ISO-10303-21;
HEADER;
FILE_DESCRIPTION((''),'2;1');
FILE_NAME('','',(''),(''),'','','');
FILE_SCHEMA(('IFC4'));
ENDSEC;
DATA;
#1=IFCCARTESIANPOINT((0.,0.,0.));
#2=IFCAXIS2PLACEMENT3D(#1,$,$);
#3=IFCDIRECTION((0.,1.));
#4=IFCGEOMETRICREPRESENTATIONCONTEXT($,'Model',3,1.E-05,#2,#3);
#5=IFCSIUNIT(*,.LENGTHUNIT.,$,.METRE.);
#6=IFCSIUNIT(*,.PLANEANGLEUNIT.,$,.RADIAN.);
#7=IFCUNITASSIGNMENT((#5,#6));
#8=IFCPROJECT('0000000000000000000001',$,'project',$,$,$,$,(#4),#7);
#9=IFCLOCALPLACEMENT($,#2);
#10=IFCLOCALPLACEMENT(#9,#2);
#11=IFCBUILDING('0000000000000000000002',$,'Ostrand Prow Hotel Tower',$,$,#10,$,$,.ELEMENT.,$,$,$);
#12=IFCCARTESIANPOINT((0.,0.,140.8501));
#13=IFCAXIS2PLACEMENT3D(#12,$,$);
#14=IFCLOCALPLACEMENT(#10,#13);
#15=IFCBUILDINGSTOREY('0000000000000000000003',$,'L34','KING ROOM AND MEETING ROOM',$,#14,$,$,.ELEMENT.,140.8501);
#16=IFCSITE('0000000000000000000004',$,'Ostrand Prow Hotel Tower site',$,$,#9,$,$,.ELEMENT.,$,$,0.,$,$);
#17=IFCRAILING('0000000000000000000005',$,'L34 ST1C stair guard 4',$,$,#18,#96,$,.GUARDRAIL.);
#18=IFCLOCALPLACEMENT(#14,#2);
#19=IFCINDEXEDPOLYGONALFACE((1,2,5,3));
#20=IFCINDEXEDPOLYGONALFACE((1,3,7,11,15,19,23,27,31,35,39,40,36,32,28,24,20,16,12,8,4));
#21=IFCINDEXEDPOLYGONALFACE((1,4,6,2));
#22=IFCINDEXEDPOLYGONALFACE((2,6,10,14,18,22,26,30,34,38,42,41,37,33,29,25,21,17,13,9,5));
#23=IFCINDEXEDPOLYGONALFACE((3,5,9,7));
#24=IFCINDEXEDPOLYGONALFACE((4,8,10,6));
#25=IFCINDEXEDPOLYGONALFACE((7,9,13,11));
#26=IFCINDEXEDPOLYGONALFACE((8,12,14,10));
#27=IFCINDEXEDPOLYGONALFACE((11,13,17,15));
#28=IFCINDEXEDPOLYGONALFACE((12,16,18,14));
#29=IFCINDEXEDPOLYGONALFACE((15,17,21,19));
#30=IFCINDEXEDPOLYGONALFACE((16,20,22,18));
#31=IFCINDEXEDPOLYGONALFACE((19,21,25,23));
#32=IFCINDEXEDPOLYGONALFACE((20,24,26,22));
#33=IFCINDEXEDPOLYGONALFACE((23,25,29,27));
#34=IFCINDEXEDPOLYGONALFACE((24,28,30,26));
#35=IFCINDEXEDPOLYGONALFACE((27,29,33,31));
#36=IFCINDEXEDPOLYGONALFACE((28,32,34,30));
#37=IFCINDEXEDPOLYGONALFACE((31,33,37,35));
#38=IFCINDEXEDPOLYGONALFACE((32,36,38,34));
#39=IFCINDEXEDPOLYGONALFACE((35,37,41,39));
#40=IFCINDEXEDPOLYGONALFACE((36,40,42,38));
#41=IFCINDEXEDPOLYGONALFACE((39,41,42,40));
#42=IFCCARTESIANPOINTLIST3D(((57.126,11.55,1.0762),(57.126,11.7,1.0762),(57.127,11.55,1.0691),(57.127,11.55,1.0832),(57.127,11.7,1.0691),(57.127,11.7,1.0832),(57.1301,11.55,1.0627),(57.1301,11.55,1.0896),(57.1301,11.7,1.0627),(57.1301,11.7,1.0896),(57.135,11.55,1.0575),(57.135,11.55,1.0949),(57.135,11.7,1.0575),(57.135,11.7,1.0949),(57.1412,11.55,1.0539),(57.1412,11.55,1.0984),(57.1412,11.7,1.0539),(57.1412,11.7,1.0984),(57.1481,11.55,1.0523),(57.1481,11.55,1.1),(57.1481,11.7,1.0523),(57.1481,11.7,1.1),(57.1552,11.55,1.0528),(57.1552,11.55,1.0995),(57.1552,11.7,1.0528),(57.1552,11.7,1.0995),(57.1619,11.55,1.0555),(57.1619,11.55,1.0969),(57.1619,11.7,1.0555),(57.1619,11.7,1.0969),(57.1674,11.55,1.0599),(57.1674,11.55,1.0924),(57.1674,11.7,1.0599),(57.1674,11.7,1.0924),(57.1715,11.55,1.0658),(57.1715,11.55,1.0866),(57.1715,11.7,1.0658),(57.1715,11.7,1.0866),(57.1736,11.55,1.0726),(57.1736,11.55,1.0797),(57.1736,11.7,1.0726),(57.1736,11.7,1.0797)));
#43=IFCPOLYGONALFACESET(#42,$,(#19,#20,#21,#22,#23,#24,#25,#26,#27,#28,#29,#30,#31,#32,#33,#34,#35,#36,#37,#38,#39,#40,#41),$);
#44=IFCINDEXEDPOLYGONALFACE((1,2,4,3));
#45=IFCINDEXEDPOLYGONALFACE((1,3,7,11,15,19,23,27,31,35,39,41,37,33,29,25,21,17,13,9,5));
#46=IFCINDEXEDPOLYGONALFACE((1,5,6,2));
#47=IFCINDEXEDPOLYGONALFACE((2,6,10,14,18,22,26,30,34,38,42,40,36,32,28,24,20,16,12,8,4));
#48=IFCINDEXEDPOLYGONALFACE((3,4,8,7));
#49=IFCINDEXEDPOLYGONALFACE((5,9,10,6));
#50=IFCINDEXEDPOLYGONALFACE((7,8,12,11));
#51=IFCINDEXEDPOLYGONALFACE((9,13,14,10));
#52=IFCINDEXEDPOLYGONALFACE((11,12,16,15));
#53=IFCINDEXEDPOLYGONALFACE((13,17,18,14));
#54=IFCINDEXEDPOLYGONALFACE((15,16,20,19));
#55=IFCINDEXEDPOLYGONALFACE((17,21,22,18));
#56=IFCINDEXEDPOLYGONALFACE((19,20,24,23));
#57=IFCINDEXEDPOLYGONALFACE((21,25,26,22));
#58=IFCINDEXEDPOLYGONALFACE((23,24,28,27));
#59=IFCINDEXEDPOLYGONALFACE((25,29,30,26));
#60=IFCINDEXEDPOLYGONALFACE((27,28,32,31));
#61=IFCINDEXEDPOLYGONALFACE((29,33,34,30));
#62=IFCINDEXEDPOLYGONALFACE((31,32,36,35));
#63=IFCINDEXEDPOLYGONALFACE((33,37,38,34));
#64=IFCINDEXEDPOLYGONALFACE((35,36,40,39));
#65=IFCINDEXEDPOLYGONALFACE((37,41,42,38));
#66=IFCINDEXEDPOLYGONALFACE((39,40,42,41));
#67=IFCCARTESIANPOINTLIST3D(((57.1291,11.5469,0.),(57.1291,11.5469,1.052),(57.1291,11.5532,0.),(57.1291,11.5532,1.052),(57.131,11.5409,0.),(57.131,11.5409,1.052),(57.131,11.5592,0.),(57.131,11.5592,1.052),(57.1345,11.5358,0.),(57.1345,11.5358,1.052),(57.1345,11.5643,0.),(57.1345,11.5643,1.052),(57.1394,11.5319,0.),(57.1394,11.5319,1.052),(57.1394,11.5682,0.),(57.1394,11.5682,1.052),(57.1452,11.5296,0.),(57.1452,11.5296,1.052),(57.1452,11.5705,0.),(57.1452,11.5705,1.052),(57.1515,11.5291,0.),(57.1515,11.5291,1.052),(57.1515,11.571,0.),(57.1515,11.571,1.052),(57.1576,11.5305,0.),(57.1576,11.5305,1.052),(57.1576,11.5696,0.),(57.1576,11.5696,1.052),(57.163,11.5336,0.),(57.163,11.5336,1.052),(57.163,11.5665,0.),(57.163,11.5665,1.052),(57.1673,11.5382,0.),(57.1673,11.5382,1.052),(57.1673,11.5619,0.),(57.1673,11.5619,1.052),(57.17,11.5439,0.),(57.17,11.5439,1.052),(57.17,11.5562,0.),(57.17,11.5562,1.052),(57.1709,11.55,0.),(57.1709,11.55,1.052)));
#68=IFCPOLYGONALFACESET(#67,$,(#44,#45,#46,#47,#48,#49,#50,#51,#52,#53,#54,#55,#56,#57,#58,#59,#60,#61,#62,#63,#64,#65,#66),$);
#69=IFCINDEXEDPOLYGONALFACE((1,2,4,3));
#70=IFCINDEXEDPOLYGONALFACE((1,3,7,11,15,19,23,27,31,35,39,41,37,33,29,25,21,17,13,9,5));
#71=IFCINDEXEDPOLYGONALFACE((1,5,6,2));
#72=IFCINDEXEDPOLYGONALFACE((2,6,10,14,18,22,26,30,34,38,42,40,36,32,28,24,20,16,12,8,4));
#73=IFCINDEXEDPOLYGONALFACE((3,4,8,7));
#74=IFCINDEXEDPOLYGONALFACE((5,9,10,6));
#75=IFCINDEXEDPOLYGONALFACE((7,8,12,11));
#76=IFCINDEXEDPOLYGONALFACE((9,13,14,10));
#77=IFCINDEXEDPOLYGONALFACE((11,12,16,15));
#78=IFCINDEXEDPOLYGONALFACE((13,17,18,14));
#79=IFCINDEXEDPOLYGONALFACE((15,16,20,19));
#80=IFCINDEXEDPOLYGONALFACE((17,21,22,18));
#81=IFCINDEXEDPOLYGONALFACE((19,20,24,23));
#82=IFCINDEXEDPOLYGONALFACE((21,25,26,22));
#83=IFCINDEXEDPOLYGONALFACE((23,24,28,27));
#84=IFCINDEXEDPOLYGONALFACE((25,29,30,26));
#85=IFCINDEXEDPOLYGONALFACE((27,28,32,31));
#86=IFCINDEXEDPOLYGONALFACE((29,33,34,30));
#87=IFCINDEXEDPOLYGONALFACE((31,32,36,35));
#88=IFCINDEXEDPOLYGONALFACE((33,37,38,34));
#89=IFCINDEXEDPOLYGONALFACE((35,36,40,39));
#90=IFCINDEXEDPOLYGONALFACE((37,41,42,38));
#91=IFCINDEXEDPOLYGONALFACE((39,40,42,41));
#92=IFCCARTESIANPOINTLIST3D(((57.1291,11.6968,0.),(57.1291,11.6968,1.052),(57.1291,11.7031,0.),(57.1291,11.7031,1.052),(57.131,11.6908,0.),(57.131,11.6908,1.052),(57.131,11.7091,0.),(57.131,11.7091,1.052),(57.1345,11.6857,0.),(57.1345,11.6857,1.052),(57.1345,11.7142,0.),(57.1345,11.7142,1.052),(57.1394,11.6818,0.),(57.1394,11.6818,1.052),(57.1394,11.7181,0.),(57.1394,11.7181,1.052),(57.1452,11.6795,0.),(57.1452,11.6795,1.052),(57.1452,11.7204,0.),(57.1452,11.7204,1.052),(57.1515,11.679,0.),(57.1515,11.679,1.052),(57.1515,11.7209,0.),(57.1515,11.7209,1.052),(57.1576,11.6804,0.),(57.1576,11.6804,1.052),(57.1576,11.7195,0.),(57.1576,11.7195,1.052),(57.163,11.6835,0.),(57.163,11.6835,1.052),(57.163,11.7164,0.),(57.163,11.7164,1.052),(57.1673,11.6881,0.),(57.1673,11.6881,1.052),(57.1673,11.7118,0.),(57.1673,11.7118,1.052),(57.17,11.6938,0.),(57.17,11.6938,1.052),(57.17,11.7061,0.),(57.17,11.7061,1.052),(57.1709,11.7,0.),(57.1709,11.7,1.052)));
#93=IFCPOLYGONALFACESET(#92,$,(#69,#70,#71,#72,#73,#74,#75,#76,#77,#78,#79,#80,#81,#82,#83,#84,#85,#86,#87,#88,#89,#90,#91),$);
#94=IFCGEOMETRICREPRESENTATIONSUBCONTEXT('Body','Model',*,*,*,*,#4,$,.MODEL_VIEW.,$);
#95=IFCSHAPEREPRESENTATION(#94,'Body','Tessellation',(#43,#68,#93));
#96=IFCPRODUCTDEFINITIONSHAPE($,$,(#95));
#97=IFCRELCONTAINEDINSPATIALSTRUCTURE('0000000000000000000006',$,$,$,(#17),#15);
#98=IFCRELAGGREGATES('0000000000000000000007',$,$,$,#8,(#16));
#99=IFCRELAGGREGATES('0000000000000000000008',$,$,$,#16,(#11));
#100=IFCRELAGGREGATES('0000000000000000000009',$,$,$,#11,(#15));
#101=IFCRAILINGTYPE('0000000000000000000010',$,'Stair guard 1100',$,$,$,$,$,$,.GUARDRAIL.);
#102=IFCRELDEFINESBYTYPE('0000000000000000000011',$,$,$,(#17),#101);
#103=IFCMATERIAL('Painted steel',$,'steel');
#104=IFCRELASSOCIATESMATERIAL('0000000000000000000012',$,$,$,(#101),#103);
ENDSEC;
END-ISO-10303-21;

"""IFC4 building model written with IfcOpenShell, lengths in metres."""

from ifc_helpers import new_model, si_unit, direction, frame, origin, origin_2d, place, context, subcontext, project, spatial, circle, extrude, material, type_object, element, save


model = new_model("IFC4")

# Units and contexts
model_context = context("Model", 3, precision=1e-05, world=origin(), true_north=direction((0.0, 1.0)))
body_context = subcontext(model_context, "Body", "Model", "MODEL_VIEW")
ifc_project = project(units=[si_unit("LENGTHUNIT", "METRE"), si_unit("PLANEANGLEUNIT", "RADIAN")], contexts=[model_context])

# Site, building, storey
site_placement = place(None, origin())
site = spatial("IfcSite", under=ifc_project, at=site_placement, Name="Ostrand Prow Hotel Tower site", CompositionType="ELEMENT", RefElevation=0.0)
building_placement = place(site_placement, origin())
building = spatial("IfcBuilding", under=site, at=building_placement, Name="Ostrand Prow Hotel Tower", CompositionType="ELEMENT")
storey_placement = place(building_placement, frame((0.0, 0.0, 140.8501)))
storey = spatial("IfcBuildingStorey", under=building, at=storey_placement, Name="L34", Description="KING ROOM AND MEETING ROOM", CompositionType="ELEMENT", Elevation=140.8501)

# Railing
ifc_material_1 = material(Name="Painted steel", Category="steel")
railing_type_1 = type_object("IfcRailingType", Name="Stair guard 1100", PredefinedType="GUARDRAIL", material=ifc_material_1)
railing_1_placement = place(storey_placement, frame((57.1499, 11.55, 0.0)))
element("IfcRailing", 1, at=railing_1_placement, inside=storey, type_object=railing_type_1, Name="L34 ST1C stair guard 4", PredefinedType="GUARDRAIL", context=body_context, shape_type="SweptSolid", body=[
    extrude(circle(Radius=0.0239, at=origin_2d()), frame((0.0, 0.0, 1.0762), z_axis=(0.0, 1.0, 0.0), x_axis=(-1.0, 0.0, 0.0)), (0.0, 0.0, 1.0), 0.1499),
    extrude(circle(Radius=0.021, at=origin_2d()), origin(), (0.0, 0.0, 1.0), 1.052),
    extrude(circle(Radius=0.021, at=origin_2d()), frame((0.0, 0.1499, 0.0)), (0.0, 0.0, 1.0), 1.052),
])

save(model, "model.ifc")
